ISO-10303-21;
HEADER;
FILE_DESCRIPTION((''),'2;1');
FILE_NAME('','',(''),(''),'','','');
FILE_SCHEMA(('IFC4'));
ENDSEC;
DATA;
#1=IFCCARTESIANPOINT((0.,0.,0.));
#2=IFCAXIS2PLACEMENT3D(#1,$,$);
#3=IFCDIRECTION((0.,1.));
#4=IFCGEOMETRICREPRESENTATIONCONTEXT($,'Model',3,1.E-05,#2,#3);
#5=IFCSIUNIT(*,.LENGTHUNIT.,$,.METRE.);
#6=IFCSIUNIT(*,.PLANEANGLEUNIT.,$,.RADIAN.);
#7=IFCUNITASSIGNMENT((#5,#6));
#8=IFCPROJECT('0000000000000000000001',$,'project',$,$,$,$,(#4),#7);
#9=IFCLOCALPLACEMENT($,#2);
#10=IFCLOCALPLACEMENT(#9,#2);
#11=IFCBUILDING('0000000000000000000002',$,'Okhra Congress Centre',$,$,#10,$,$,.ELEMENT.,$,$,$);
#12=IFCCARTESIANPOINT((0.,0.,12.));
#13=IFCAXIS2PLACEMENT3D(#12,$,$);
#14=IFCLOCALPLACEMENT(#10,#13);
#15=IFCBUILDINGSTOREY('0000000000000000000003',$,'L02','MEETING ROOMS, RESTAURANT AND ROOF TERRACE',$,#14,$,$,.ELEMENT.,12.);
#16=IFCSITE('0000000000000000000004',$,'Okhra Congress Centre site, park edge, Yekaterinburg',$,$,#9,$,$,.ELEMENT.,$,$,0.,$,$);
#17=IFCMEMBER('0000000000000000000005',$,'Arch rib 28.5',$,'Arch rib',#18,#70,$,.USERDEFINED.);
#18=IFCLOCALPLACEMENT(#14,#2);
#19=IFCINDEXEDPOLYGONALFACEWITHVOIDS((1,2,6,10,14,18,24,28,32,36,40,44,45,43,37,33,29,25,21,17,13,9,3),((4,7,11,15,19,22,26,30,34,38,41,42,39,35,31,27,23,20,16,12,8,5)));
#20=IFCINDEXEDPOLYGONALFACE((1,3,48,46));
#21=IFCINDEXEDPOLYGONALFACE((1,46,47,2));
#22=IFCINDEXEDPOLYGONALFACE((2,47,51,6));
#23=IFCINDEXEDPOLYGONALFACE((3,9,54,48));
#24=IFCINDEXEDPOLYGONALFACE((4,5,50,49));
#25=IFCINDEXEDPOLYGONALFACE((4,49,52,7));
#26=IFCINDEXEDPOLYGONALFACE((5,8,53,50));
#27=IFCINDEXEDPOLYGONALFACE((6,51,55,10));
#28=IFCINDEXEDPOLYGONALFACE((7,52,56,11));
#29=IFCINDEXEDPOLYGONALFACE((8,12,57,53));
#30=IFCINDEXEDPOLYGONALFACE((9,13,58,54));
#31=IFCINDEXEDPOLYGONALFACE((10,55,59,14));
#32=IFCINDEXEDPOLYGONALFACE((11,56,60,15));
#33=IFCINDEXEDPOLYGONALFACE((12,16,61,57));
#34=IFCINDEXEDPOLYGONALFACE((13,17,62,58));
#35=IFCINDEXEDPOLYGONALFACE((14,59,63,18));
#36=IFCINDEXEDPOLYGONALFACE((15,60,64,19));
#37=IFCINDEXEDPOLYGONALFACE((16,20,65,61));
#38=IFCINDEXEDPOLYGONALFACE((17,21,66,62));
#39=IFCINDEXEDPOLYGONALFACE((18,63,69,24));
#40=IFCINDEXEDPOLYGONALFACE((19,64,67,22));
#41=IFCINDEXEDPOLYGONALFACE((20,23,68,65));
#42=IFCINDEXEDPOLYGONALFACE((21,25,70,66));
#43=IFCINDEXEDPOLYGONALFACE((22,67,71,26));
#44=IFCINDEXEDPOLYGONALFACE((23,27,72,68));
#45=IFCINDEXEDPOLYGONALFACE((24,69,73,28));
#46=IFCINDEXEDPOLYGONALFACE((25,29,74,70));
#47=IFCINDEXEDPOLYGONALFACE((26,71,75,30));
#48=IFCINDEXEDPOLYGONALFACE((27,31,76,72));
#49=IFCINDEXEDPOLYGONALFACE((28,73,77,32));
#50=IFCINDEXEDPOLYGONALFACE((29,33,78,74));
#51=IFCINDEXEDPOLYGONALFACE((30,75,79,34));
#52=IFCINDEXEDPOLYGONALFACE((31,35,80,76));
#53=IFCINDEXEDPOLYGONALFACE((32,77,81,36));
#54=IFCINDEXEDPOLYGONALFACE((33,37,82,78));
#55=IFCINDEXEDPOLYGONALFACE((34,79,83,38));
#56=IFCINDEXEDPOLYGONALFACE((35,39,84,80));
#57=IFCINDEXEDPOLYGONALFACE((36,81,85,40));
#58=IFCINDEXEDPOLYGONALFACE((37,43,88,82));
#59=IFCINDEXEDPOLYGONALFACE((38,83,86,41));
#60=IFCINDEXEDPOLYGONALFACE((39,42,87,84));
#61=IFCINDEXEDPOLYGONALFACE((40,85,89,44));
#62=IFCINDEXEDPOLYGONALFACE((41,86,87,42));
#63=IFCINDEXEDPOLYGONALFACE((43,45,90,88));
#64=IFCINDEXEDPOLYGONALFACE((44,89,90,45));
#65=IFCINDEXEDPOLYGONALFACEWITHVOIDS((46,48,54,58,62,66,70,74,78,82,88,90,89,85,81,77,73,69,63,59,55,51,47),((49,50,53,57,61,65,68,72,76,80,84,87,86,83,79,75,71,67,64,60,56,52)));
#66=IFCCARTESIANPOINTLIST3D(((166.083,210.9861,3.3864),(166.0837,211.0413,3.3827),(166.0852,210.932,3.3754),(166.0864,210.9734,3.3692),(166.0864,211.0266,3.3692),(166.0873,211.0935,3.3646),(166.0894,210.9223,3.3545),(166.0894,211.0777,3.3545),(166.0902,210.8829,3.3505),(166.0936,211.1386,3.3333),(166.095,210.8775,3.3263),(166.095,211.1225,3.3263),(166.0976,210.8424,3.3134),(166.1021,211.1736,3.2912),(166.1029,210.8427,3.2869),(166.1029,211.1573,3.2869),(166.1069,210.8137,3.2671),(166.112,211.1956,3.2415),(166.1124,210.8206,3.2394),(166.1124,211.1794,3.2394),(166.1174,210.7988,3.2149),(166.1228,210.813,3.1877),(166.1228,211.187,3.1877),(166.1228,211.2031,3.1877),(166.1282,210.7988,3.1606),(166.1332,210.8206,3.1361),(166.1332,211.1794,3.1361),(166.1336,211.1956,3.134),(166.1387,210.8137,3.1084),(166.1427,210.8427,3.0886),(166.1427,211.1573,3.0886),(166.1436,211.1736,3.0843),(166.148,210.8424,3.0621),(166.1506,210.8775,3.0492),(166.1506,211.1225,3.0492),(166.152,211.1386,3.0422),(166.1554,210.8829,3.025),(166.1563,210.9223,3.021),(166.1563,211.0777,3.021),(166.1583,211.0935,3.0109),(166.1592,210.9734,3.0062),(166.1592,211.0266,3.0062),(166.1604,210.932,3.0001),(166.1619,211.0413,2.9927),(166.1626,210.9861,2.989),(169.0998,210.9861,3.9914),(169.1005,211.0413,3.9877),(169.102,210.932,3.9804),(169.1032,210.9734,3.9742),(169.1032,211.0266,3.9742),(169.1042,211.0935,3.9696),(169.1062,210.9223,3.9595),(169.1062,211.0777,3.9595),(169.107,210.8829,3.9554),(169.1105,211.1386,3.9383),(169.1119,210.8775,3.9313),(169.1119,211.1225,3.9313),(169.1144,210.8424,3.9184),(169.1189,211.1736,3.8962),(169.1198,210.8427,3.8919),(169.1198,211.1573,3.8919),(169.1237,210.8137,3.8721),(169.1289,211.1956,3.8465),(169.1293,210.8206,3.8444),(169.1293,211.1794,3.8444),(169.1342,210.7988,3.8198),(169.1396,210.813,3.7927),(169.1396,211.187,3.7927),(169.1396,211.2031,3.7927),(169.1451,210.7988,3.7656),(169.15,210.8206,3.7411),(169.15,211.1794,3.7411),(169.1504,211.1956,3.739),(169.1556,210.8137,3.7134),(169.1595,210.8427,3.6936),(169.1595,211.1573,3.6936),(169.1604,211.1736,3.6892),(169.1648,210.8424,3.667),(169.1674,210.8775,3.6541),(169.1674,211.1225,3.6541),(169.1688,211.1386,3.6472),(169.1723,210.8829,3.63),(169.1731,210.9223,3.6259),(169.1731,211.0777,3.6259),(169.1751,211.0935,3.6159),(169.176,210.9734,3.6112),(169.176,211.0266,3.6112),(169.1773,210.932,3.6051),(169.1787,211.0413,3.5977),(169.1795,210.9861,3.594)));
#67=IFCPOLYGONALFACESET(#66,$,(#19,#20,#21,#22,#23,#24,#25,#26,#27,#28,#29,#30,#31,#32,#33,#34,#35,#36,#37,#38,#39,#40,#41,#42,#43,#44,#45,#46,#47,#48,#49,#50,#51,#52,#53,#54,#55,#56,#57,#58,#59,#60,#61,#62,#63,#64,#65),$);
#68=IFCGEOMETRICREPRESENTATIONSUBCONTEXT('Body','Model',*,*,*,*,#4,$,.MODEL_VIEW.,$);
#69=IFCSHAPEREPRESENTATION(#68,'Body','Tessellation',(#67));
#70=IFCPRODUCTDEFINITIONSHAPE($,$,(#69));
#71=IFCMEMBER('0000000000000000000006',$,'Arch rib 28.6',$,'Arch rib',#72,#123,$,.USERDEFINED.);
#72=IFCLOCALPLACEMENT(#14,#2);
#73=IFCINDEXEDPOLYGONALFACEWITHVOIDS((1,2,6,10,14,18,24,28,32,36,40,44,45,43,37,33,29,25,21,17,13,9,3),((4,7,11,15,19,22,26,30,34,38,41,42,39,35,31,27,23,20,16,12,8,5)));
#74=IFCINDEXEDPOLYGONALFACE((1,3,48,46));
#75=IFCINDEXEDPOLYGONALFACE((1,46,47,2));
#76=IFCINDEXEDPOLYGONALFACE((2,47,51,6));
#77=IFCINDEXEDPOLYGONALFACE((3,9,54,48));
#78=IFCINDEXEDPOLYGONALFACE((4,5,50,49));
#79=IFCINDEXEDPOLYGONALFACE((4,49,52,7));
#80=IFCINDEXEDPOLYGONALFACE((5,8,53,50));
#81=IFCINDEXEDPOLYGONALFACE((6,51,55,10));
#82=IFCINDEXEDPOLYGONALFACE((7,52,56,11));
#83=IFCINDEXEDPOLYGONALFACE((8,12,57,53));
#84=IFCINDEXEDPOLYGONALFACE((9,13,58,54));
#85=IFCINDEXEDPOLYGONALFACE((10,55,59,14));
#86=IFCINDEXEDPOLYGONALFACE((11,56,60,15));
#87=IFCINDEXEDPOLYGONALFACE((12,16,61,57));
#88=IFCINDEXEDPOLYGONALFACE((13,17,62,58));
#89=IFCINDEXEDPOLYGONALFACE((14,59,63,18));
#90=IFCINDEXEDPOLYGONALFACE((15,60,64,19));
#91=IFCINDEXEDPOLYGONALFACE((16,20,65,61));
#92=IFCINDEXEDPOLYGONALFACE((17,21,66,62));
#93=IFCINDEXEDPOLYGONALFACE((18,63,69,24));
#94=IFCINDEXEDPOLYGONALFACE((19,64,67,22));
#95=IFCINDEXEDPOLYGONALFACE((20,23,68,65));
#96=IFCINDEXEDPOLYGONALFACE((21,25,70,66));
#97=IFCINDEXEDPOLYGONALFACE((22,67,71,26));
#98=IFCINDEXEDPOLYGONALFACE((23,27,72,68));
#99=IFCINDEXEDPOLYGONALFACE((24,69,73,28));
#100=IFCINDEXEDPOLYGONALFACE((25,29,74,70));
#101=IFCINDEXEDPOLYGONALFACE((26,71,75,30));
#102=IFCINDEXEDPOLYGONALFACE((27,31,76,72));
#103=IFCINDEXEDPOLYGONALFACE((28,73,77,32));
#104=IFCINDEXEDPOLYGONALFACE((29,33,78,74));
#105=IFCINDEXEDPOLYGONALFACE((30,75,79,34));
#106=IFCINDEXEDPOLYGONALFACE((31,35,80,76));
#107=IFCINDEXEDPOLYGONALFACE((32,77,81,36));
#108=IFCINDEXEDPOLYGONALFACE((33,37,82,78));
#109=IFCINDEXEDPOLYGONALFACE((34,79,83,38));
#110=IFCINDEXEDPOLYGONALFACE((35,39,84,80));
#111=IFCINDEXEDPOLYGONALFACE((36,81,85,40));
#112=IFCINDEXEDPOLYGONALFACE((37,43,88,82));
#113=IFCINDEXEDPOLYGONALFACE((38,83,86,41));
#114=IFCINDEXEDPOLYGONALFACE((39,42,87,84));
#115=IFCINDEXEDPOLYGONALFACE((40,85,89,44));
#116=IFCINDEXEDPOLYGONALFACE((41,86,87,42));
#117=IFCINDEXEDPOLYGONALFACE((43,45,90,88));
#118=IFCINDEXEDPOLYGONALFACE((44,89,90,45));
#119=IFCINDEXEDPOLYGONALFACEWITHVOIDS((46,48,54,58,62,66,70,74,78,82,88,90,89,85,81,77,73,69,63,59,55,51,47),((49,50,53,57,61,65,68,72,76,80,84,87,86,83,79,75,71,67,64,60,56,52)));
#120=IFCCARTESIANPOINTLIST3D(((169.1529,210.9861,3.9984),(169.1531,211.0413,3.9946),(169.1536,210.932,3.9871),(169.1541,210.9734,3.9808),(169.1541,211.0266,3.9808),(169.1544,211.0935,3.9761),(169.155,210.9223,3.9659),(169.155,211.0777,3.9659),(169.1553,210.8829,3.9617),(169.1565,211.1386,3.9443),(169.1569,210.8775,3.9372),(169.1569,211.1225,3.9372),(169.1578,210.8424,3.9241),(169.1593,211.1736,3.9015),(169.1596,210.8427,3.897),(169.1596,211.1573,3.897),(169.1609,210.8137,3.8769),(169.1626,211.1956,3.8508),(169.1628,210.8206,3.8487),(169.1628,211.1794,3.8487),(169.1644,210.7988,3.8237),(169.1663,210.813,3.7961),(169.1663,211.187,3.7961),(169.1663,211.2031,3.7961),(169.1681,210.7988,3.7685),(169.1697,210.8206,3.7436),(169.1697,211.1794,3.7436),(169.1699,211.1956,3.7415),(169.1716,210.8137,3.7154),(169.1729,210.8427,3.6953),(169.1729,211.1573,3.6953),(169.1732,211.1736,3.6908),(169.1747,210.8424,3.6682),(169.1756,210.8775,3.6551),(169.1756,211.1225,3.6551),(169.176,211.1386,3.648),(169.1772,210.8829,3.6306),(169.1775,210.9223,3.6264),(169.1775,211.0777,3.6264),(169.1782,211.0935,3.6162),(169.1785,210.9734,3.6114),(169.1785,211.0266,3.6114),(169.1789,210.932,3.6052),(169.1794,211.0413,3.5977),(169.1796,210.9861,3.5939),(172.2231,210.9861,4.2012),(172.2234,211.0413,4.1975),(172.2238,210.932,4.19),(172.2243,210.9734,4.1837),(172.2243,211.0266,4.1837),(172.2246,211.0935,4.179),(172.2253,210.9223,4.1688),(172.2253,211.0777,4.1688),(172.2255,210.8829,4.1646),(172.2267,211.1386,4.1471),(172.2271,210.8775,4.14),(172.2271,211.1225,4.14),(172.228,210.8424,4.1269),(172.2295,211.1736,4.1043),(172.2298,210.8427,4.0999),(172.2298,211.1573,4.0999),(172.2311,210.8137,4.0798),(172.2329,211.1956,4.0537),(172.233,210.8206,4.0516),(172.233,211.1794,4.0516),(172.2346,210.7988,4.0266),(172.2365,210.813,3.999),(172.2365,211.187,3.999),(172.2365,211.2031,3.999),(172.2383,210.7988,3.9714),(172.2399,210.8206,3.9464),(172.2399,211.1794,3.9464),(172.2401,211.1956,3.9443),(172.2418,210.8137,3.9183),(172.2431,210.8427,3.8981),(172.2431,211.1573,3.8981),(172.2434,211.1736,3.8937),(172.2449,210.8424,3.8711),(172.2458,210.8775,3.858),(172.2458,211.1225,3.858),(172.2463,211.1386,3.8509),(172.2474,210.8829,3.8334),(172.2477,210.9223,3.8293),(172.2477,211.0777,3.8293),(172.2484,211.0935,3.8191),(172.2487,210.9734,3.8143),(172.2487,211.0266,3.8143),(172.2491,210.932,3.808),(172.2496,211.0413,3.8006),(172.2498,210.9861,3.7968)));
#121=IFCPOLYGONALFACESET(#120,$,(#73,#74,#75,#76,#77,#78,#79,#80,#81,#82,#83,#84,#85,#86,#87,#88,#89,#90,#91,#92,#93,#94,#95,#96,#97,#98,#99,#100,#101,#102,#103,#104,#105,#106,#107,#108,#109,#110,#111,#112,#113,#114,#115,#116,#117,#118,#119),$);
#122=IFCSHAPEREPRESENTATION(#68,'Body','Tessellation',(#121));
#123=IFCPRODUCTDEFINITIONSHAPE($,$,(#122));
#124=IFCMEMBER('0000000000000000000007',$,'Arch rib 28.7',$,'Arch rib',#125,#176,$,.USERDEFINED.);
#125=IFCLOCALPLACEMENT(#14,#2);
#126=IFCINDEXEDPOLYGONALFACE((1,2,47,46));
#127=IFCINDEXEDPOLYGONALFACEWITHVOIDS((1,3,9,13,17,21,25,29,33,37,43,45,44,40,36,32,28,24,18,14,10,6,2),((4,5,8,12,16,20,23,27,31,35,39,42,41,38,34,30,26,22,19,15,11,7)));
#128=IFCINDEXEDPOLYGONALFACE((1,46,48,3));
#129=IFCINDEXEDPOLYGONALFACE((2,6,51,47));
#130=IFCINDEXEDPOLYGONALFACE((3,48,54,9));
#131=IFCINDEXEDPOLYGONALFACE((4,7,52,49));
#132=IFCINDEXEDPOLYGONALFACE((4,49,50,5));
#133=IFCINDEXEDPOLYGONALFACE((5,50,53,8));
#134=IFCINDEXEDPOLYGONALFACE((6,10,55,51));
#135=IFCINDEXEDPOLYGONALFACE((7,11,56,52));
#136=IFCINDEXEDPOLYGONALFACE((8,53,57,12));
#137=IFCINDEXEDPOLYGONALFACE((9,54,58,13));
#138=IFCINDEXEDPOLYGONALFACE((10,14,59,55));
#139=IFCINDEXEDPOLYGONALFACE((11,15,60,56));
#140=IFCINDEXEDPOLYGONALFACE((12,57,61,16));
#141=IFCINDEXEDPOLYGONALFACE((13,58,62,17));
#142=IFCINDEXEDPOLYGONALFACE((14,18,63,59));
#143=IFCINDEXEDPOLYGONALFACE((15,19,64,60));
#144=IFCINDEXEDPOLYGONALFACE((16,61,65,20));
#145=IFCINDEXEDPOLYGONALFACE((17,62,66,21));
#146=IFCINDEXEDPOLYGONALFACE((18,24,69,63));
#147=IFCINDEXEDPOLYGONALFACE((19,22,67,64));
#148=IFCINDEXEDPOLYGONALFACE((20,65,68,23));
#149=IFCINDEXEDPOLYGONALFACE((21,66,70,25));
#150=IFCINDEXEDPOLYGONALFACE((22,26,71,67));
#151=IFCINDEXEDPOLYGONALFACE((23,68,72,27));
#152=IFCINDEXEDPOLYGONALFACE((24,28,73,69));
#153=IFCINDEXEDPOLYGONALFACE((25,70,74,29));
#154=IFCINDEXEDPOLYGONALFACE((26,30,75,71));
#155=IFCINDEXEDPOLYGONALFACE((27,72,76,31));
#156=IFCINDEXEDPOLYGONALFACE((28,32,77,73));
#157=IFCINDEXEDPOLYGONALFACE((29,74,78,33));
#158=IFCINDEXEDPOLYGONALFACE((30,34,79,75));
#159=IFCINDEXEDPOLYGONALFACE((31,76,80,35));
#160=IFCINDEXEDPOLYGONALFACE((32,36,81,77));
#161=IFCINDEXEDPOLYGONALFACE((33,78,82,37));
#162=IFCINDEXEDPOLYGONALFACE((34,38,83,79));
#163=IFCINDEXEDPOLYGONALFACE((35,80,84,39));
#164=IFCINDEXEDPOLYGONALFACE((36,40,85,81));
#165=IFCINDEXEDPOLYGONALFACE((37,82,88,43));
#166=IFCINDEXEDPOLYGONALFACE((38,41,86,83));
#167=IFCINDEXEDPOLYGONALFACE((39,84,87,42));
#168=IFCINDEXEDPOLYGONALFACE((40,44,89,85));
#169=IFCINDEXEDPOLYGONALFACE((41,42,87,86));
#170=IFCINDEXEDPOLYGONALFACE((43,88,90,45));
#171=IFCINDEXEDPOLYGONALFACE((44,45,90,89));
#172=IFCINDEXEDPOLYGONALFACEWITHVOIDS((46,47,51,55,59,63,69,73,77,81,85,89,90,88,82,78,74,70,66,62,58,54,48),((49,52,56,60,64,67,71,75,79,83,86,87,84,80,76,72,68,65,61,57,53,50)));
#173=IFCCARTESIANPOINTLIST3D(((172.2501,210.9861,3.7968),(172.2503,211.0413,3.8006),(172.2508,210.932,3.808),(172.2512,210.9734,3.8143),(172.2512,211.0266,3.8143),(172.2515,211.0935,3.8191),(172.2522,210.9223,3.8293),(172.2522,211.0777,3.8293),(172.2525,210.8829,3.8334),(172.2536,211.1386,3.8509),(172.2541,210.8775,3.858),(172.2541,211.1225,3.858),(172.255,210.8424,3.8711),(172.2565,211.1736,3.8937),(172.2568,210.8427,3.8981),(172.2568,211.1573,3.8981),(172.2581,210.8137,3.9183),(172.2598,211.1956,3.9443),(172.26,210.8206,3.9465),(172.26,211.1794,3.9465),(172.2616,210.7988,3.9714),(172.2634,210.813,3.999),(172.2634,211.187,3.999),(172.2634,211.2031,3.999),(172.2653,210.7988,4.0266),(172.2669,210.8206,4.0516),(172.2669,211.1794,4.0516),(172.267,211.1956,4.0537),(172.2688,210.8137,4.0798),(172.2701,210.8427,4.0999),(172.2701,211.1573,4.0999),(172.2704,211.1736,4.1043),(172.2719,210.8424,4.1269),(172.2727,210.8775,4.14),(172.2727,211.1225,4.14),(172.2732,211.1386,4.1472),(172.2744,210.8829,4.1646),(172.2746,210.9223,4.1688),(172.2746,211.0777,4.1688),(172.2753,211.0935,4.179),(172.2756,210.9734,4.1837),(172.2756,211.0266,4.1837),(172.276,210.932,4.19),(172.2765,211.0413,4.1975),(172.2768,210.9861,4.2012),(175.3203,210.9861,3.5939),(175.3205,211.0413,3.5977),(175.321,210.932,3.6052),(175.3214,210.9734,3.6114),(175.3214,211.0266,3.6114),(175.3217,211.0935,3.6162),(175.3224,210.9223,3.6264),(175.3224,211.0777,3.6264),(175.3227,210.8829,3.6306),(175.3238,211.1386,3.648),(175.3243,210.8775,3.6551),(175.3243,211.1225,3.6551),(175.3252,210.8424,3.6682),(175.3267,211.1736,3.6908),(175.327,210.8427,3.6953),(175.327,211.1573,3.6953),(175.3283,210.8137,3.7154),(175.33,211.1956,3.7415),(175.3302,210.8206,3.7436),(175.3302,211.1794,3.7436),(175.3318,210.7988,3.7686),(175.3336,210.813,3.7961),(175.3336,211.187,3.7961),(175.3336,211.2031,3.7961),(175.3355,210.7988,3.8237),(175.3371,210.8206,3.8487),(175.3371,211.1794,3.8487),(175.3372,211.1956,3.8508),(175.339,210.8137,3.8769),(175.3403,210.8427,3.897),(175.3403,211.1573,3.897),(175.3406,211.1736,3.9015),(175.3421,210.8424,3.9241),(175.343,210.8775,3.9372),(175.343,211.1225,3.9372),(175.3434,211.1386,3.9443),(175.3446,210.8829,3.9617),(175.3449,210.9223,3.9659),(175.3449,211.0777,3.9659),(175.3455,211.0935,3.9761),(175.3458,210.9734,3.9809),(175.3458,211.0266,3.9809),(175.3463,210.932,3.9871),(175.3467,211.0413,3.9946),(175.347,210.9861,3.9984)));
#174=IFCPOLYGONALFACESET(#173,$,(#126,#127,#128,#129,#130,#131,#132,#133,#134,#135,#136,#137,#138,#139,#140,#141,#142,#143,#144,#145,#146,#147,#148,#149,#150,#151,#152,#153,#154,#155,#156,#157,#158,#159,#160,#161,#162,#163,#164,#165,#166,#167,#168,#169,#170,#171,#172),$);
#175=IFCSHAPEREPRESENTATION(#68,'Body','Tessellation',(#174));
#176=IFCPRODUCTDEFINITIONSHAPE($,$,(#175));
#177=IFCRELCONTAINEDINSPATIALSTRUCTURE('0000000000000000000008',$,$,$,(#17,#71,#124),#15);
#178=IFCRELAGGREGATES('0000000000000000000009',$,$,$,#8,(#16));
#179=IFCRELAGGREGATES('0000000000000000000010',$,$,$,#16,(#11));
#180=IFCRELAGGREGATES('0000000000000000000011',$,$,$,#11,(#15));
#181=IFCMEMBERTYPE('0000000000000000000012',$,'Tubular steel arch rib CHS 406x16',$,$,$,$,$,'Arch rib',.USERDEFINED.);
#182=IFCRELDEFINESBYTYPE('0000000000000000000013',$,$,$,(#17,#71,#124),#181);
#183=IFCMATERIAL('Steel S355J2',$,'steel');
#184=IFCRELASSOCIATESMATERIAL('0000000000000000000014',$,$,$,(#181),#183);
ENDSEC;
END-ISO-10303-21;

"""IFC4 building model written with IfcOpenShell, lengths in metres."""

from ifc_helpers import new_model, si_unit, direction, frame, origin, origin_2d, place, context, subcontext, project, spatial, hollow_circle, extrude, material, material_profile, profile_set, type_object, element, save


model = new_model("IFC4")

# Units and contexts
model_context = context("Model", 3, precision=1e-05, world=origin(), true_north=direction((0.0, 1.0)))
body_context = subcontext(model_context, "Body", "Model", "MODEL_VIEW")
ifc_project = project(units=[si_unit("LENGTHUNIT", "METRE"), si_unit("PLANEANGLEUNIT", "RADIAN")], contexts=[model_context])

# Site, building, storey
site_placement = place(None, origin())
site = spatial("IfcSite", under=ifc_project, at=site_placement, Name="Okhra Congress Centre site, park edge, Yekaterinburg", CompositionType="ELEMENT", RefElevation=0.0)
building_placement = place(site_placement, origin())
building = spatial("IfcBuilding", under=site, at=building_placement, Name="Okhra Congress Centre", CompositionType="ELEMENT")
storey_placement = place(building_placement, frame((0.0, 0.0, 12.0)))
storey = spatial("IfcBuildingStorey", under=building, at=storey_placement, Name="L02", Description="MEETING ROOMS, RESTAURANT AND ROOF TERRACE", CompositionType="ELEMENT", Elevation=12.0)

# Members
ifc_material_1 = material(Name="Steel S355J2", Category="steel")
ifc_material_profile_1 = material_profile(ifc_material_1, hollow_circle(Radius=0.2031, WallThickness=0.0161, at=origin_2d()), Name="CHS 406.4x16")
ifc_profile_set_1 = profile_set([ifc_material_profile_1], Name="Steel S355J2")
member_type_1 = type_object("IfcMemberType", Name="Tubular steel arch rib CHS 406x16", ElementType="Arch rib", PredefinedType="USERDEFINED", material=ifc_profile_set_1)
for number, where, z_axis, x_axis, name in (
    (1, (166.1228, 211.0, 3.1877), (0.98048, 0.0, 0.19662), (0.0, 1.0, 0.0), "Arch rib 28.5"),
    (2, (169.1663, 211.0, 3.7961), (0.997824, 0.0, 0.065934), (0.0, 1.0, 0.0), "Arch rib 28.6"),
    (3, (172.2634, 211.0, 3.999), (0.997824, 0.0, -0.065934), (0.0, 1.0, 0.0), "Arch rib 28.7"),
):
    element("IfcMember", number, at=place(storey_placement, frame(where, z_axis=z_axis, x_axis=x_axis)), inside=storey, type_object=member_type_1, Name=name, ObjectType="Arch rib", PredefinedType="USERDEFINED", context=body_context, shape_type="SweptSolid", body=[
        extrude(hollow_circle(Radius=0.2031, WallThickness=0.0161, at=origin_2d()), origin(), (0.0, 0.0, 1.0), 3.0769),
    ])

save(model, "model.ifc")
